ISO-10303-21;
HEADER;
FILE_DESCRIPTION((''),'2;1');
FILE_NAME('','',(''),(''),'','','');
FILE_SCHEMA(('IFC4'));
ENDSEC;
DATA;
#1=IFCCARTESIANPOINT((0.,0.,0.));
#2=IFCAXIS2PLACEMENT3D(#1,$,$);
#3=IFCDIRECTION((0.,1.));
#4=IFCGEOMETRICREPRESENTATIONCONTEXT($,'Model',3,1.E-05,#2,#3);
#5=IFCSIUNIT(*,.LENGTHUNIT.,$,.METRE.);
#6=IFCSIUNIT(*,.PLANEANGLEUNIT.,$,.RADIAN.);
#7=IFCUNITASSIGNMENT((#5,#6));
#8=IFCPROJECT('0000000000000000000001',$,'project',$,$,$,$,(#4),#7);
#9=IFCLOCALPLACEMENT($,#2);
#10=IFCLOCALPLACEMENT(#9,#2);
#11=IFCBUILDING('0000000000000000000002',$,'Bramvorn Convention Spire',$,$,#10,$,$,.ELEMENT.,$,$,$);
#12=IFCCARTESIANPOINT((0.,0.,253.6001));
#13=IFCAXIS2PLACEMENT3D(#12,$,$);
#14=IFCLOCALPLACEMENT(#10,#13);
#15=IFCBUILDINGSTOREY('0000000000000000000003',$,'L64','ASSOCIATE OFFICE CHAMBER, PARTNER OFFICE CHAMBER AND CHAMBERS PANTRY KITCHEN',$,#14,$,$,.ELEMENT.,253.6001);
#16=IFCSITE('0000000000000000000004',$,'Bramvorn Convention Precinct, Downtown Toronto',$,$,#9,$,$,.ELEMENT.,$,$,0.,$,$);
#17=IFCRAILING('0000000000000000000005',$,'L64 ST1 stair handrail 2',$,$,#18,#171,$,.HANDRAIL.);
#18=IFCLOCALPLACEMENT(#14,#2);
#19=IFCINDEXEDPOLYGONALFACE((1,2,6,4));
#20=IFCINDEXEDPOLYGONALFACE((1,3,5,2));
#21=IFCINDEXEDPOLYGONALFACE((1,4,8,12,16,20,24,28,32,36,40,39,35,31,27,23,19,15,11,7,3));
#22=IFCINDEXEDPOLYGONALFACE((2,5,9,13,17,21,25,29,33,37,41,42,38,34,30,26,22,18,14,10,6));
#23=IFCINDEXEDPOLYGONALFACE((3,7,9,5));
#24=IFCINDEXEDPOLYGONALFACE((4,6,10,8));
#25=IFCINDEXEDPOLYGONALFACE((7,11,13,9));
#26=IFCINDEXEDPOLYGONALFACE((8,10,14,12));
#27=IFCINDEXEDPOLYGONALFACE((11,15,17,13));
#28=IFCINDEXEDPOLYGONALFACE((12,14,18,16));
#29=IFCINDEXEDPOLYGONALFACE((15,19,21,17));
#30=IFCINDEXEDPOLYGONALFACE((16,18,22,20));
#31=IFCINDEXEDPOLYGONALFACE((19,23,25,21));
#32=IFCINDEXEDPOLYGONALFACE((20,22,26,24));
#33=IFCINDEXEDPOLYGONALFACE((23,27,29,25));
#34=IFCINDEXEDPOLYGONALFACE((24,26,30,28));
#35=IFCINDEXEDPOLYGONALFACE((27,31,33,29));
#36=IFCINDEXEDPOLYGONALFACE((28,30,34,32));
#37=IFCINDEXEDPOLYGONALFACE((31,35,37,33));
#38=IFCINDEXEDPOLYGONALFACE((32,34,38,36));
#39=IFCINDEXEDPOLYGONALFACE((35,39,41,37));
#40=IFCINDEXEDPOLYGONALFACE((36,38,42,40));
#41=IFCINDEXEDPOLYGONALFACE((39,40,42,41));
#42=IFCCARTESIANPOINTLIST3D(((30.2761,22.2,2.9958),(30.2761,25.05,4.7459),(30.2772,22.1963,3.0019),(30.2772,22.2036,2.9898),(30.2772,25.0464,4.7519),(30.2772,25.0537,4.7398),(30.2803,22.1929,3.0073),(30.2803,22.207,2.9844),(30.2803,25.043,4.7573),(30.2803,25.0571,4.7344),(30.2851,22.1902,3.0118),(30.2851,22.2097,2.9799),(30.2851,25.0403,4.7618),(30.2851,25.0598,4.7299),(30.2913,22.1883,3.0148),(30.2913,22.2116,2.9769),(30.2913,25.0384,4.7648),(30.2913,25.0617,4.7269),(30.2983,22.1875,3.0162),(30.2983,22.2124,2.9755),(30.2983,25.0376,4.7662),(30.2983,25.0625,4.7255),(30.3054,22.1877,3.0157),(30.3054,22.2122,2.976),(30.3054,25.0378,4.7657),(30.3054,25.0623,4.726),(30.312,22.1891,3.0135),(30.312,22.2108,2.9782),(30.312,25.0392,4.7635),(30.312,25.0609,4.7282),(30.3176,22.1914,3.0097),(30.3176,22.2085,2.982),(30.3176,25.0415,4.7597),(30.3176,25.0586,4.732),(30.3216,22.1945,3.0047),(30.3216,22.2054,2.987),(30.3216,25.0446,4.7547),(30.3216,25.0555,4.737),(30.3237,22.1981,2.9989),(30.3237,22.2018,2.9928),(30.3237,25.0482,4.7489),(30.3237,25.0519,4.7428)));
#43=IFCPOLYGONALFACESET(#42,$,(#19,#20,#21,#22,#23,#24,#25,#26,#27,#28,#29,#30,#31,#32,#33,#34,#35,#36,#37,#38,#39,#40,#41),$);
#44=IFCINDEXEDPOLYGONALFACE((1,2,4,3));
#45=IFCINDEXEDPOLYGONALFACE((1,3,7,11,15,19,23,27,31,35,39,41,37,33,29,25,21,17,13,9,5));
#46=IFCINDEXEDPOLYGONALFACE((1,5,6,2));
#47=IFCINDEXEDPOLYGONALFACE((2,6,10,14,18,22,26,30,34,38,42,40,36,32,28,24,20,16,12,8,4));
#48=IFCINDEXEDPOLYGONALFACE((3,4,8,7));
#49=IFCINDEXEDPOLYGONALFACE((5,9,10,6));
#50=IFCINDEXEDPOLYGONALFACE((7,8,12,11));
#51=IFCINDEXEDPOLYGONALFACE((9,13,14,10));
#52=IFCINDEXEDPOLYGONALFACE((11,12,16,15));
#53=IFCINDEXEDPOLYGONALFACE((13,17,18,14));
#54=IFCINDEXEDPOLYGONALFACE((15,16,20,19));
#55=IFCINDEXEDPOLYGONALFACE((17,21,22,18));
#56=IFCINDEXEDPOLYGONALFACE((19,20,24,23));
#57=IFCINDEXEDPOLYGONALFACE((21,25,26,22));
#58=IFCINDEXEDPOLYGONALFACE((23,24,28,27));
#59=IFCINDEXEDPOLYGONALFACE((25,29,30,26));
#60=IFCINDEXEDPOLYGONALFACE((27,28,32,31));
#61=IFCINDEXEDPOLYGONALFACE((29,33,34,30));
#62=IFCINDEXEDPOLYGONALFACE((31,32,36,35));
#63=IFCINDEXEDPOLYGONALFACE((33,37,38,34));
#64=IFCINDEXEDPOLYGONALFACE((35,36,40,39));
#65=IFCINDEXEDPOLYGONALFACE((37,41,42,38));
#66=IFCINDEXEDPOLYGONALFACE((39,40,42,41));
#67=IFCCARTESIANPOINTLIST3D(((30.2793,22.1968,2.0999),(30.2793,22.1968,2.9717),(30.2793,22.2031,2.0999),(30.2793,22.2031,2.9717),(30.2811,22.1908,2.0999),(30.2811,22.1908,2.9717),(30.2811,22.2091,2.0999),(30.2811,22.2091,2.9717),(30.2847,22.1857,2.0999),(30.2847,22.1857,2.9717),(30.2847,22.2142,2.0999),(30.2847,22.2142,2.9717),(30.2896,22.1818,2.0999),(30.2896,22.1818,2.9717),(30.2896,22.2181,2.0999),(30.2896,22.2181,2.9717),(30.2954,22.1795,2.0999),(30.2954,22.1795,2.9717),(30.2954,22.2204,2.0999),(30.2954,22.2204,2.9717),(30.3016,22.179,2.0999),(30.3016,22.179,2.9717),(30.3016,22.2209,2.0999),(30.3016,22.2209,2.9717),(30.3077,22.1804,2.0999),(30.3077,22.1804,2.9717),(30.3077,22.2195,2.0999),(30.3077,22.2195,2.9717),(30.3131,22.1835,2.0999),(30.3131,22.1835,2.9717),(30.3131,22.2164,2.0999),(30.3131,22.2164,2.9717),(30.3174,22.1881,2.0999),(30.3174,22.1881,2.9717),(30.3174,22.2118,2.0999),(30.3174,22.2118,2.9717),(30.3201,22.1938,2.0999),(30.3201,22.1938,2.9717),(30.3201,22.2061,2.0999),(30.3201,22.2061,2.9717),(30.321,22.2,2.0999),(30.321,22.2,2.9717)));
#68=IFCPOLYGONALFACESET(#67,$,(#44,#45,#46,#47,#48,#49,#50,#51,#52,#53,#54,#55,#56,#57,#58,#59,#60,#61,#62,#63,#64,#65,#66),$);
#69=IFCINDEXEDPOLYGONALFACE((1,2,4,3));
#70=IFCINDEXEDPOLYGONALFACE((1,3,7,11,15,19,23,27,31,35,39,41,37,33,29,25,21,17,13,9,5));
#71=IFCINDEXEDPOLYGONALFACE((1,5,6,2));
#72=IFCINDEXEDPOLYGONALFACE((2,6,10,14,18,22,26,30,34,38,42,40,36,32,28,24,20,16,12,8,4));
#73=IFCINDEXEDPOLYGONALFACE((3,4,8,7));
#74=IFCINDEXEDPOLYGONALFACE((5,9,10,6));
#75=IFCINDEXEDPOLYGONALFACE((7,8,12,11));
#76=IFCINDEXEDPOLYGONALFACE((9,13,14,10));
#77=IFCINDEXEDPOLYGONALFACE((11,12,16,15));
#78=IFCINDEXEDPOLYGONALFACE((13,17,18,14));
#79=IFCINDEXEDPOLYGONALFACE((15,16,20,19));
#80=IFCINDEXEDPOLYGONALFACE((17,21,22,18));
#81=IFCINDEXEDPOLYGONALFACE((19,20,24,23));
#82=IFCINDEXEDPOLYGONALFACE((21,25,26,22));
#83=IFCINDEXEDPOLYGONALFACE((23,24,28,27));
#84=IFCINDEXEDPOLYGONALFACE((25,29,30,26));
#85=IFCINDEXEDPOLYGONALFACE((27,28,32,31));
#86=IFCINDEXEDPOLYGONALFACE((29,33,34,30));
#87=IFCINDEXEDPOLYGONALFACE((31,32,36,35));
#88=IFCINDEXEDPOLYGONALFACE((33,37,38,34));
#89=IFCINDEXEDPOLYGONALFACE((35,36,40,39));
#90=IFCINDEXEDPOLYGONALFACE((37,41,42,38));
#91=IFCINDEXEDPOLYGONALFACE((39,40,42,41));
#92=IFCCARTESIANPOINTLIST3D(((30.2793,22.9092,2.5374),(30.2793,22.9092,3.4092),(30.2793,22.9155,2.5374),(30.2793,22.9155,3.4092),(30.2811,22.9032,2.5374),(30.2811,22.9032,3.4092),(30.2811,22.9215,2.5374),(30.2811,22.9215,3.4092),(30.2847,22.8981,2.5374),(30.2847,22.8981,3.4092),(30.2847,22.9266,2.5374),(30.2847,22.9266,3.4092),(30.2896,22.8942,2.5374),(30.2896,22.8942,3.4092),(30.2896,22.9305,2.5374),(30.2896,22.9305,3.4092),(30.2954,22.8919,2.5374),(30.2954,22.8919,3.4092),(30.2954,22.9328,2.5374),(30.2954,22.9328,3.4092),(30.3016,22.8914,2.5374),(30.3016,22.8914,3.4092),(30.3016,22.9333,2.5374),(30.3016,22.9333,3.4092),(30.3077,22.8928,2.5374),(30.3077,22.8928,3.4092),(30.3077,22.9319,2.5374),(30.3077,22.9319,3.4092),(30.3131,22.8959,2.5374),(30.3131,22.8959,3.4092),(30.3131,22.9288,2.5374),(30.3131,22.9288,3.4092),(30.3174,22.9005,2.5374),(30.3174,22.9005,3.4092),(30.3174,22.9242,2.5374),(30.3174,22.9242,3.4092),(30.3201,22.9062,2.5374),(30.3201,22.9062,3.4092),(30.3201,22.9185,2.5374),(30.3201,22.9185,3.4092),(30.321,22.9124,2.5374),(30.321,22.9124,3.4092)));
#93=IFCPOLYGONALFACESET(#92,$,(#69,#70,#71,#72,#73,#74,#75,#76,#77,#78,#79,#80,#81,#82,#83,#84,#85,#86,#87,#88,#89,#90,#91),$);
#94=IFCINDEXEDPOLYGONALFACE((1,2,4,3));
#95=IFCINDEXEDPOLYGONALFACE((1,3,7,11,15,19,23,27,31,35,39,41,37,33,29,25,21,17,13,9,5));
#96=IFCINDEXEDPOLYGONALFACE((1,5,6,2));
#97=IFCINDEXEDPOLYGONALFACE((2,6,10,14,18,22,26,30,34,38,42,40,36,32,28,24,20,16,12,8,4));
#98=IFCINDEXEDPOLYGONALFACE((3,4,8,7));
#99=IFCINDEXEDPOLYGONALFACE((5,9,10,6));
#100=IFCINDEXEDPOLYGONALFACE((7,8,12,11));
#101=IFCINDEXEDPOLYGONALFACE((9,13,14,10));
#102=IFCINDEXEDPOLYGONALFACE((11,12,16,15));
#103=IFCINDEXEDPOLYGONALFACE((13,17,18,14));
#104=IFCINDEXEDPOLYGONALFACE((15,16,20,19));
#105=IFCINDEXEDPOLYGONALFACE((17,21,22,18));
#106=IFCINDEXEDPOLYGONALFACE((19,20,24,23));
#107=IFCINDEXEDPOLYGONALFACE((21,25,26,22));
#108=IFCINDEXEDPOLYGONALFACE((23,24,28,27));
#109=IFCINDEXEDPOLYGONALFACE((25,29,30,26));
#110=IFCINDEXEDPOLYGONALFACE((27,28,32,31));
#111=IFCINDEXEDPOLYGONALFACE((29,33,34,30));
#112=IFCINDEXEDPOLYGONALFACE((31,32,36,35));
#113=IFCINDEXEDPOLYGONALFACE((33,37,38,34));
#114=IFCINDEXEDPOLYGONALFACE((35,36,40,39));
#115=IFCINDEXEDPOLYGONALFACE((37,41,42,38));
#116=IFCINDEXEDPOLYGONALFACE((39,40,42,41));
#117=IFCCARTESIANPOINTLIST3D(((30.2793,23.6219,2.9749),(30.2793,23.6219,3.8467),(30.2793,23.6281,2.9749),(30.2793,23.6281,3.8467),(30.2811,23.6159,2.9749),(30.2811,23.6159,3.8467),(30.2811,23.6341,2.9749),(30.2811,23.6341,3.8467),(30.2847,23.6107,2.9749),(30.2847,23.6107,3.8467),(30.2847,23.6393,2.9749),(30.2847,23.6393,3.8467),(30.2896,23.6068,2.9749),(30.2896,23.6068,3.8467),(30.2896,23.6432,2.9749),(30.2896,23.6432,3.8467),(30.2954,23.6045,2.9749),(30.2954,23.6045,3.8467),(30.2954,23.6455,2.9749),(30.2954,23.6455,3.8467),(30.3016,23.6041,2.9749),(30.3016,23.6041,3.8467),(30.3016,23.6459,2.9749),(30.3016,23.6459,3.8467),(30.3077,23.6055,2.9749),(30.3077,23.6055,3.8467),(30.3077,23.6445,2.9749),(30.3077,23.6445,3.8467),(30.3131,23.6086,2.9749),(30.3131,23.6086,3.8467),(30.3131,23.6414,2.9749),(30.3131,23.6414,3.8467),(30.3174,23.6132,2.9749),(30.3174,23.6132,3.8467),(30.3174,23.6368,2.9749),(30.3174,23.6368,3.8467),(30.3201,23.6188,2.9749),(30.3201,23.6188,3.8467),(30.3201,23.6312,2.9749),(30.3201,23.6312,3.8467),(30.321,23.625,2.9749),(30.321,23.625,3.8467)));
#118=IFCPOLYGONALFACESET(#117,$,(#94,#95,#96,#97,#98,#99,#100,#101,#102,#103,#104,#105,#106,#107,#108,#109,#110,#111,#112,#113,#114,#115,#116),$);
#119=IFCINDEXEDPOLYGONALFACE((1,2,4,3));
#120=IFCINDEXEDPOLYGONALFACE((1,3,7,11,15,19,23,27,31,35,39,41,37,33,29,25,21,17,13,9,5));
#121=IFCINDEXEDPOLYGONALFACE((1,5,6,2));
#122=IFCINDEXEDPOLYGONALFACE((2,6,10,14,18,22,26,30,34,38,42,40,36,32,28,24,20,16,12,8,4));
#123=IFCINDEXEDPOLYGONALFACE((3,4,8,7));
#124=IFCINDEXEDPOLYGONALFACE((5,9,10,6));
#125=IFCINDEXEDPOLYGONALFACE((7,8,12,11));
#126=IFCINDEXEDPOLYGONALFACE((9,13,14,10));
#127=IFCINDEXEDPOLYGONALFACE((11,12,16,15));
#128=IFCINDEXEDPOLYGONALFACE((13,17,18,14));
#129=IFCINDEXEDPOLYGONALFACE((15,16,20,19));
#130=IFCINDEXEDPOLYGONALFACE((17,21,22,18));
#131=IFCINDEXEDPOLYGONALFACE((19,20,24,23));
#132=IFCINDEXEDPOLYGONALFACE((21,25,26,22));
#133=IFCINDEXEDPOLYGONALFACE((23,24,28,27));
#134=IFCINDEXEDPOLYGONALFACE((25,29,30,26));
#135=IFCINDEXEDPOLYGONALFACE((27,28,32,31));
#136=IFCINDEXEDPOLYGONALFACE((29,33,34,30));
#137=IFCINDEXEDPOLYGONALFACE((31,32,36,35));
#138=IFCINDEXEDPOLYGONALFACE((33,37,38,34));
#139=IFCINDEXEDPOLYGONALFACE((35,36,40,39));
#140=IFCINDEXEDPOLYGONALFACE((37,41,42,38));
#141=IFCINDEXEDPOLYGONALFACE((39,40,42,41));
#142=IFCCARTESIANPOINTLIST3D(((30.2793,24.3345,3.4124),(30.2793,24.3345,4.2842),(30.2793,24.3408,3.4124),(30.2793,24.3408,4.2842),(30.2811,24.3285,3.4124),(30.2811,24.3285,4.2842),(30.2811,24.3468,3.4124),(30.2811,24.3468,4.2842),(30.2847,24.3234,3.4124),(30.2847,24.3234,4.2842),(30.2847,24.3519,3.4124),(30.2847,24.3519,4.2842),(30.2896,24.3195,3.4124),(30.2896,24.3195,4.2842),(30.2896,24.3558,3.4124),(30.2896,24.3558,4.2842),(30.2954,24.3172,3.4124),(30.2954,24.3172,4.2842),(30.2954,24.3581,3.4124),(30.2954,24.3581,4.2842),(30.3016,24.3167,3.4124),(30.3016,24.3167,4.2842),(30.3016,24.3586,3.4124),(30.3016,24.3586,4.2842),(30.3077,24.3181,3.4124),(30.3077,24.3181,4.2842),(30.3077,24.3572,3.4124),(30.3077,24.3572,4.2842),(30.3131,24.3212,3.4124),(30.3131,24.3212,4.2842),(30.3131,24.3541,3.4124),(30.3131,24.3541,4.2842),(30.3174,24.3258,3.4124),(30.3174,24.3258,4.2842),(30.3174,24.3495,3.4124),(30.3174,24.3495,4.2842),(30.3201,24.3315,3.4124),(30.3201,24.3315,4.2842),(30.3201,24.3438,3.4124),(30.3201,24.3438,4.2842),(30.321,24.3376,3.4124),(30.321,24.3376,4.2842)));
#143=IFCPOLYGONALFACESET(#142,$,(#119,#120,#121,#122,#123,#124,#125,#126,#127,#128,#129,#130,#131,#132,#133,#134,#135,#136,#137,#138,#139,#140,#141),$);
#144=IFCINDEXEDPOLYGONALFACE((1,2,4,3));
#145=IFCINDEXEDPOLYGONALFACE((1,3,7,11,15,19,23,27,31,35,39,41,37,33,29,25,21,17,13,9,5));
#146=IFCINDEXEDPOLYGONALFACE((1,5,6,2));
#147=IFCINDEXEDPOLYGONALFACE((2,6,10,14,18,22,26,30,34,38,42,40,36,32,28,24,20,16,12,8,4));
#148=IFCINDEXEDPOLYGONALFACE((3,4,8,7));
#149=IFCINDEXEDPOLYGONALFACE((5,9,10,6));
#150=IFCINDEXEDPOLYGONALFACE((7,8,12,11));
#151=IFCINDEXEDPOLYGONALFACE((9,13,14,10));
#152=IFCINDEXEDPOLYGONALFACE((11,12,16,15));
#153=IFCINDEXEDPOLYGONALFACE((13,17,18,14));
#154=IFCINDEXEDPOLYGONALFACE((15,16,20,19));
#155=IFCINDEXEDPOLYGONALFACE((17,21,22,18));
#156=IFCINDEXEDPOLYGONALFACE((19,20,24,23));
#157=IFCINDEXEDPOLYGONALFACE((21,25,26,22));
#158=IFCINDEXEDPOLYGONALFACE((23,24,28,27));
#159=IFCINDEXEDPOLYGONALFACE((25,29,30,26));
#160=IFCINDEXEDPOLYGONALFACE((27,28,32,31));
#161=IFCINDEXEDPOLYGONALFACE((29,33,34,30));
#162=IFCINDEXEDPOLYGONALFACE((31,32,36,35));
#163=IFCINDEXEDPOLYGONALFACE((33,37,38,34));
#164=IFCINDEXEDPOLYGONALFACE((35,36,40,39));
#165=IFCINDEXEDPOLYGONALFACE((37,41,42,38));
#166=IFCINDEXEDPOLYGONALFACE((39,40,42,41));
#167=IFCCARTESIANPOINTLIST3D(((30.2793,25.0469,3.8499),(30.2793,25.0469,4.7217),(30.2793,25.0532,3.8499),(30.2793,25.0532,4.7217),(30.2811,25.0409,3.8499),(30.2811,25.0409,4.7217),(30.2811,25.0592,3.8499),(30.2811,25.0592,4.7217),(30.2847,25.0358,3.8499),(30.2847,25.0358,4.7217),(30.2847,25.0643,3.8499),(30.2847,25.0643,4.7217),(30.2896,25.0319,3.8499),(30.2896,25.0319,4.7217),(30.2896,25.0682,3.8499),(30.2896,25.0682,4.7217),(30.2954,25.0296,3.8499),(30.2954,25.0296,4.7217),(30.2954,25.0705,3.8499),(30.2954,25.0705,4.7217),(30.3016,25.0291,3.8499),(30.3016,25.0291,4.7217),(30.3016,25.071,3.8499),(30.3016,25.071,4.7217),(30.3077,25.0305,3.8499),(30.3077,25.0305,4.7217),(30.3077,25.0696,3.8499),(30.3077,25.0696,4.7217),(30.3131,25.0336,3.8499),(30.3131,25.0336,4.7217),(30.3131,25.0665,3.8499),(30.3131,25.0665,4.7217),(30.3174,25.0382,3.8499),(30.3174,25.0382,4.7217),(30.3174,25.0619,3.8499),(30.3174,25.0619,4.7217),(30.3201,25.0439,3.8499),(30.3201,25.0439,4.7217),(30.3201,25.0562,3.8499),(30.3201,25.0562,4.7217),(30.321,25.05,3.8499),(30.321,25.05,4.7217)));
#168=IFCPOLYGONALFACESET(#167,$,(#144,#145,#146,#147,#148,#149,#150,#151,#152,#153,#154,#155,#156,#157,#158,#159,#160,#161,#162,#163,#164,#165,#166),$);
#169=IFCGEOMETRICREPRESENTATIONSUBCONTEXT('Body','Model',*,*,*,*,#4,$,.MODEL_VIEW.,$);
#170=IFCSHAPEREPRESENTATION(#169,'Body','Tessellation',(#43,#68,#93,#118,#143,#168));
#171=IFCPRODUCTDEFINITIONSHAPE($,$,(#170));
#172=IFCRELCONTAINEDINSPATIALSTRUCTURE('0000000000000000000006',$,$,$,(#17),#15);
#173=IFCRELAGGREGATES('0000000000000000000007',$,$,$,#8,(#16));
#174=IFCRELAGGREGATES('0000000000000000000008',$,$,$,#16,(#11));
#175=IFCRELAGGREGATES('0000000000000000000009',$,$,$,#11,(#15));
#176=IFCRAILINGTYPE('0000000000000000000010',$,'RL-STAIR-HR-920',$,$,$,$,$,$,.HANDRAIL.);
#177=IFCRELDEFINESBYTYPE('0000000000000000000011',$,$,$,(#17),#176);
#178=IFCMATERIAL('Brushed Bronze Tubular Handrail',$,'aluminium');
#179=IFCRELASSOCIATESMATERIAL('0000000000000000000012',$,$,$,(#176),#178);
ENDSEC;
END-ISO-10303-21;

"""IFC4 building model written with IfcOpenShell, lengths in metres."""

from ifc_helpers import new_model, si_unit, direction, frame, origin, origin_2d, place, context, subcontext, project, spatial, circle, extrude, material, type_object, element, save


model = new_model("IFC4")

# Units and contexts
model_context = context("Model", 3, precision=1e-05, world=origin(), true_north=direction((0.0, 1.0)))
body_context = subcontext(model_context, "Body", "Model", "MODEL_VIEW")
ifc_project = project(units=[si_unit("LENGTHUNIT", "METRE"), si_unit("PLANEANGLEUNIT", "RADIAN")], contexts=[model_context])

# Site, building, storey
site_placement = place(None, origin())
site = spatial("IfcSite", under=ifc_project, at=site_placement, Name="Bramvorn Convention Precinct, Downtown Toronto", CompositionType="ELEMENT", RefElevation=0.0)
building_placement = place(site_placement, origin())
building = spatial("IfcBuilding", under=site, at=building_placement, Name="Bramvorn Convention Spire", CompositionType="ELEMENT")
storey_placement = place(building_placement, frame((0.0, 0.0, 253.6001)))
storey = spatial("IfcBuildingStorey", under=building, at=storey_placement, Name="L64", Description="ASSOCIATE OFFICE CHAMBER, PARTNER OFFICE CHAMBER AND CHAMBERS PANTRY KITCHEN", CompositionType="ELEMENT", Elevation=253.6001)

# Railing
ifc_material_1 = material(Name="Brushed Bronze Tubular Handrail", Category="aluminium")
railing_type_1 = type_object("IfcRailingType", Name="RL-STAIR-HR-920", PredefinedType="HANDRAIL", material=ifc_material_1)
railing_1_placement = place(storey_placement, frame((30.3, 22.2, 2.0999)))
element("IfcRailing", 1, at=railing_1_placement, inside=storey, type_object=railing_type_1, Name="L64 ST1 stair handrail 2", PredefinedType="HANDRAIL", context=body_context, shape_type="SweptSolid", body=[
    extrude(circle(Radius=0.0239, at=origin_2d()), frame((0.0, 0.0, 0.896), z_axis=(0.0, 0.852179, 0.52325), x_axis=(-1.0, 0.0, 0.0)), (0.0, 0.0, 1.0), 3.3445),
    extrude(circle(Radius=0.021, at=origin_2d()), origin(), (0.0, 0.0, 1.0), 0.8718),
    extrude(circle(Radius=0.021, at=origin_2d()), frame((0.0, 0.7124, 0.4375)), (0.0, 0.0, 1.0), 0.8718),
    extrude(circle(Radius=0.021, at=origin_2d()), frame((0.0, 1.425, 0.875)), (0.0, 0.0, 1.0), 0.8718),
    extrude(circle(Radius=0.021, at=origin_2d()), frame((0.0, 2.1377, 1.3125)), (0.0, 0.0, 1.0), 0.8718),
    extrude(circle(Radius=0.021, at=origin_2d()), frame((0.0, 2.8501, 1.75)), (0.0, 0.0, 1.0), 0.8718),
])

save(model, "model.ifc")
